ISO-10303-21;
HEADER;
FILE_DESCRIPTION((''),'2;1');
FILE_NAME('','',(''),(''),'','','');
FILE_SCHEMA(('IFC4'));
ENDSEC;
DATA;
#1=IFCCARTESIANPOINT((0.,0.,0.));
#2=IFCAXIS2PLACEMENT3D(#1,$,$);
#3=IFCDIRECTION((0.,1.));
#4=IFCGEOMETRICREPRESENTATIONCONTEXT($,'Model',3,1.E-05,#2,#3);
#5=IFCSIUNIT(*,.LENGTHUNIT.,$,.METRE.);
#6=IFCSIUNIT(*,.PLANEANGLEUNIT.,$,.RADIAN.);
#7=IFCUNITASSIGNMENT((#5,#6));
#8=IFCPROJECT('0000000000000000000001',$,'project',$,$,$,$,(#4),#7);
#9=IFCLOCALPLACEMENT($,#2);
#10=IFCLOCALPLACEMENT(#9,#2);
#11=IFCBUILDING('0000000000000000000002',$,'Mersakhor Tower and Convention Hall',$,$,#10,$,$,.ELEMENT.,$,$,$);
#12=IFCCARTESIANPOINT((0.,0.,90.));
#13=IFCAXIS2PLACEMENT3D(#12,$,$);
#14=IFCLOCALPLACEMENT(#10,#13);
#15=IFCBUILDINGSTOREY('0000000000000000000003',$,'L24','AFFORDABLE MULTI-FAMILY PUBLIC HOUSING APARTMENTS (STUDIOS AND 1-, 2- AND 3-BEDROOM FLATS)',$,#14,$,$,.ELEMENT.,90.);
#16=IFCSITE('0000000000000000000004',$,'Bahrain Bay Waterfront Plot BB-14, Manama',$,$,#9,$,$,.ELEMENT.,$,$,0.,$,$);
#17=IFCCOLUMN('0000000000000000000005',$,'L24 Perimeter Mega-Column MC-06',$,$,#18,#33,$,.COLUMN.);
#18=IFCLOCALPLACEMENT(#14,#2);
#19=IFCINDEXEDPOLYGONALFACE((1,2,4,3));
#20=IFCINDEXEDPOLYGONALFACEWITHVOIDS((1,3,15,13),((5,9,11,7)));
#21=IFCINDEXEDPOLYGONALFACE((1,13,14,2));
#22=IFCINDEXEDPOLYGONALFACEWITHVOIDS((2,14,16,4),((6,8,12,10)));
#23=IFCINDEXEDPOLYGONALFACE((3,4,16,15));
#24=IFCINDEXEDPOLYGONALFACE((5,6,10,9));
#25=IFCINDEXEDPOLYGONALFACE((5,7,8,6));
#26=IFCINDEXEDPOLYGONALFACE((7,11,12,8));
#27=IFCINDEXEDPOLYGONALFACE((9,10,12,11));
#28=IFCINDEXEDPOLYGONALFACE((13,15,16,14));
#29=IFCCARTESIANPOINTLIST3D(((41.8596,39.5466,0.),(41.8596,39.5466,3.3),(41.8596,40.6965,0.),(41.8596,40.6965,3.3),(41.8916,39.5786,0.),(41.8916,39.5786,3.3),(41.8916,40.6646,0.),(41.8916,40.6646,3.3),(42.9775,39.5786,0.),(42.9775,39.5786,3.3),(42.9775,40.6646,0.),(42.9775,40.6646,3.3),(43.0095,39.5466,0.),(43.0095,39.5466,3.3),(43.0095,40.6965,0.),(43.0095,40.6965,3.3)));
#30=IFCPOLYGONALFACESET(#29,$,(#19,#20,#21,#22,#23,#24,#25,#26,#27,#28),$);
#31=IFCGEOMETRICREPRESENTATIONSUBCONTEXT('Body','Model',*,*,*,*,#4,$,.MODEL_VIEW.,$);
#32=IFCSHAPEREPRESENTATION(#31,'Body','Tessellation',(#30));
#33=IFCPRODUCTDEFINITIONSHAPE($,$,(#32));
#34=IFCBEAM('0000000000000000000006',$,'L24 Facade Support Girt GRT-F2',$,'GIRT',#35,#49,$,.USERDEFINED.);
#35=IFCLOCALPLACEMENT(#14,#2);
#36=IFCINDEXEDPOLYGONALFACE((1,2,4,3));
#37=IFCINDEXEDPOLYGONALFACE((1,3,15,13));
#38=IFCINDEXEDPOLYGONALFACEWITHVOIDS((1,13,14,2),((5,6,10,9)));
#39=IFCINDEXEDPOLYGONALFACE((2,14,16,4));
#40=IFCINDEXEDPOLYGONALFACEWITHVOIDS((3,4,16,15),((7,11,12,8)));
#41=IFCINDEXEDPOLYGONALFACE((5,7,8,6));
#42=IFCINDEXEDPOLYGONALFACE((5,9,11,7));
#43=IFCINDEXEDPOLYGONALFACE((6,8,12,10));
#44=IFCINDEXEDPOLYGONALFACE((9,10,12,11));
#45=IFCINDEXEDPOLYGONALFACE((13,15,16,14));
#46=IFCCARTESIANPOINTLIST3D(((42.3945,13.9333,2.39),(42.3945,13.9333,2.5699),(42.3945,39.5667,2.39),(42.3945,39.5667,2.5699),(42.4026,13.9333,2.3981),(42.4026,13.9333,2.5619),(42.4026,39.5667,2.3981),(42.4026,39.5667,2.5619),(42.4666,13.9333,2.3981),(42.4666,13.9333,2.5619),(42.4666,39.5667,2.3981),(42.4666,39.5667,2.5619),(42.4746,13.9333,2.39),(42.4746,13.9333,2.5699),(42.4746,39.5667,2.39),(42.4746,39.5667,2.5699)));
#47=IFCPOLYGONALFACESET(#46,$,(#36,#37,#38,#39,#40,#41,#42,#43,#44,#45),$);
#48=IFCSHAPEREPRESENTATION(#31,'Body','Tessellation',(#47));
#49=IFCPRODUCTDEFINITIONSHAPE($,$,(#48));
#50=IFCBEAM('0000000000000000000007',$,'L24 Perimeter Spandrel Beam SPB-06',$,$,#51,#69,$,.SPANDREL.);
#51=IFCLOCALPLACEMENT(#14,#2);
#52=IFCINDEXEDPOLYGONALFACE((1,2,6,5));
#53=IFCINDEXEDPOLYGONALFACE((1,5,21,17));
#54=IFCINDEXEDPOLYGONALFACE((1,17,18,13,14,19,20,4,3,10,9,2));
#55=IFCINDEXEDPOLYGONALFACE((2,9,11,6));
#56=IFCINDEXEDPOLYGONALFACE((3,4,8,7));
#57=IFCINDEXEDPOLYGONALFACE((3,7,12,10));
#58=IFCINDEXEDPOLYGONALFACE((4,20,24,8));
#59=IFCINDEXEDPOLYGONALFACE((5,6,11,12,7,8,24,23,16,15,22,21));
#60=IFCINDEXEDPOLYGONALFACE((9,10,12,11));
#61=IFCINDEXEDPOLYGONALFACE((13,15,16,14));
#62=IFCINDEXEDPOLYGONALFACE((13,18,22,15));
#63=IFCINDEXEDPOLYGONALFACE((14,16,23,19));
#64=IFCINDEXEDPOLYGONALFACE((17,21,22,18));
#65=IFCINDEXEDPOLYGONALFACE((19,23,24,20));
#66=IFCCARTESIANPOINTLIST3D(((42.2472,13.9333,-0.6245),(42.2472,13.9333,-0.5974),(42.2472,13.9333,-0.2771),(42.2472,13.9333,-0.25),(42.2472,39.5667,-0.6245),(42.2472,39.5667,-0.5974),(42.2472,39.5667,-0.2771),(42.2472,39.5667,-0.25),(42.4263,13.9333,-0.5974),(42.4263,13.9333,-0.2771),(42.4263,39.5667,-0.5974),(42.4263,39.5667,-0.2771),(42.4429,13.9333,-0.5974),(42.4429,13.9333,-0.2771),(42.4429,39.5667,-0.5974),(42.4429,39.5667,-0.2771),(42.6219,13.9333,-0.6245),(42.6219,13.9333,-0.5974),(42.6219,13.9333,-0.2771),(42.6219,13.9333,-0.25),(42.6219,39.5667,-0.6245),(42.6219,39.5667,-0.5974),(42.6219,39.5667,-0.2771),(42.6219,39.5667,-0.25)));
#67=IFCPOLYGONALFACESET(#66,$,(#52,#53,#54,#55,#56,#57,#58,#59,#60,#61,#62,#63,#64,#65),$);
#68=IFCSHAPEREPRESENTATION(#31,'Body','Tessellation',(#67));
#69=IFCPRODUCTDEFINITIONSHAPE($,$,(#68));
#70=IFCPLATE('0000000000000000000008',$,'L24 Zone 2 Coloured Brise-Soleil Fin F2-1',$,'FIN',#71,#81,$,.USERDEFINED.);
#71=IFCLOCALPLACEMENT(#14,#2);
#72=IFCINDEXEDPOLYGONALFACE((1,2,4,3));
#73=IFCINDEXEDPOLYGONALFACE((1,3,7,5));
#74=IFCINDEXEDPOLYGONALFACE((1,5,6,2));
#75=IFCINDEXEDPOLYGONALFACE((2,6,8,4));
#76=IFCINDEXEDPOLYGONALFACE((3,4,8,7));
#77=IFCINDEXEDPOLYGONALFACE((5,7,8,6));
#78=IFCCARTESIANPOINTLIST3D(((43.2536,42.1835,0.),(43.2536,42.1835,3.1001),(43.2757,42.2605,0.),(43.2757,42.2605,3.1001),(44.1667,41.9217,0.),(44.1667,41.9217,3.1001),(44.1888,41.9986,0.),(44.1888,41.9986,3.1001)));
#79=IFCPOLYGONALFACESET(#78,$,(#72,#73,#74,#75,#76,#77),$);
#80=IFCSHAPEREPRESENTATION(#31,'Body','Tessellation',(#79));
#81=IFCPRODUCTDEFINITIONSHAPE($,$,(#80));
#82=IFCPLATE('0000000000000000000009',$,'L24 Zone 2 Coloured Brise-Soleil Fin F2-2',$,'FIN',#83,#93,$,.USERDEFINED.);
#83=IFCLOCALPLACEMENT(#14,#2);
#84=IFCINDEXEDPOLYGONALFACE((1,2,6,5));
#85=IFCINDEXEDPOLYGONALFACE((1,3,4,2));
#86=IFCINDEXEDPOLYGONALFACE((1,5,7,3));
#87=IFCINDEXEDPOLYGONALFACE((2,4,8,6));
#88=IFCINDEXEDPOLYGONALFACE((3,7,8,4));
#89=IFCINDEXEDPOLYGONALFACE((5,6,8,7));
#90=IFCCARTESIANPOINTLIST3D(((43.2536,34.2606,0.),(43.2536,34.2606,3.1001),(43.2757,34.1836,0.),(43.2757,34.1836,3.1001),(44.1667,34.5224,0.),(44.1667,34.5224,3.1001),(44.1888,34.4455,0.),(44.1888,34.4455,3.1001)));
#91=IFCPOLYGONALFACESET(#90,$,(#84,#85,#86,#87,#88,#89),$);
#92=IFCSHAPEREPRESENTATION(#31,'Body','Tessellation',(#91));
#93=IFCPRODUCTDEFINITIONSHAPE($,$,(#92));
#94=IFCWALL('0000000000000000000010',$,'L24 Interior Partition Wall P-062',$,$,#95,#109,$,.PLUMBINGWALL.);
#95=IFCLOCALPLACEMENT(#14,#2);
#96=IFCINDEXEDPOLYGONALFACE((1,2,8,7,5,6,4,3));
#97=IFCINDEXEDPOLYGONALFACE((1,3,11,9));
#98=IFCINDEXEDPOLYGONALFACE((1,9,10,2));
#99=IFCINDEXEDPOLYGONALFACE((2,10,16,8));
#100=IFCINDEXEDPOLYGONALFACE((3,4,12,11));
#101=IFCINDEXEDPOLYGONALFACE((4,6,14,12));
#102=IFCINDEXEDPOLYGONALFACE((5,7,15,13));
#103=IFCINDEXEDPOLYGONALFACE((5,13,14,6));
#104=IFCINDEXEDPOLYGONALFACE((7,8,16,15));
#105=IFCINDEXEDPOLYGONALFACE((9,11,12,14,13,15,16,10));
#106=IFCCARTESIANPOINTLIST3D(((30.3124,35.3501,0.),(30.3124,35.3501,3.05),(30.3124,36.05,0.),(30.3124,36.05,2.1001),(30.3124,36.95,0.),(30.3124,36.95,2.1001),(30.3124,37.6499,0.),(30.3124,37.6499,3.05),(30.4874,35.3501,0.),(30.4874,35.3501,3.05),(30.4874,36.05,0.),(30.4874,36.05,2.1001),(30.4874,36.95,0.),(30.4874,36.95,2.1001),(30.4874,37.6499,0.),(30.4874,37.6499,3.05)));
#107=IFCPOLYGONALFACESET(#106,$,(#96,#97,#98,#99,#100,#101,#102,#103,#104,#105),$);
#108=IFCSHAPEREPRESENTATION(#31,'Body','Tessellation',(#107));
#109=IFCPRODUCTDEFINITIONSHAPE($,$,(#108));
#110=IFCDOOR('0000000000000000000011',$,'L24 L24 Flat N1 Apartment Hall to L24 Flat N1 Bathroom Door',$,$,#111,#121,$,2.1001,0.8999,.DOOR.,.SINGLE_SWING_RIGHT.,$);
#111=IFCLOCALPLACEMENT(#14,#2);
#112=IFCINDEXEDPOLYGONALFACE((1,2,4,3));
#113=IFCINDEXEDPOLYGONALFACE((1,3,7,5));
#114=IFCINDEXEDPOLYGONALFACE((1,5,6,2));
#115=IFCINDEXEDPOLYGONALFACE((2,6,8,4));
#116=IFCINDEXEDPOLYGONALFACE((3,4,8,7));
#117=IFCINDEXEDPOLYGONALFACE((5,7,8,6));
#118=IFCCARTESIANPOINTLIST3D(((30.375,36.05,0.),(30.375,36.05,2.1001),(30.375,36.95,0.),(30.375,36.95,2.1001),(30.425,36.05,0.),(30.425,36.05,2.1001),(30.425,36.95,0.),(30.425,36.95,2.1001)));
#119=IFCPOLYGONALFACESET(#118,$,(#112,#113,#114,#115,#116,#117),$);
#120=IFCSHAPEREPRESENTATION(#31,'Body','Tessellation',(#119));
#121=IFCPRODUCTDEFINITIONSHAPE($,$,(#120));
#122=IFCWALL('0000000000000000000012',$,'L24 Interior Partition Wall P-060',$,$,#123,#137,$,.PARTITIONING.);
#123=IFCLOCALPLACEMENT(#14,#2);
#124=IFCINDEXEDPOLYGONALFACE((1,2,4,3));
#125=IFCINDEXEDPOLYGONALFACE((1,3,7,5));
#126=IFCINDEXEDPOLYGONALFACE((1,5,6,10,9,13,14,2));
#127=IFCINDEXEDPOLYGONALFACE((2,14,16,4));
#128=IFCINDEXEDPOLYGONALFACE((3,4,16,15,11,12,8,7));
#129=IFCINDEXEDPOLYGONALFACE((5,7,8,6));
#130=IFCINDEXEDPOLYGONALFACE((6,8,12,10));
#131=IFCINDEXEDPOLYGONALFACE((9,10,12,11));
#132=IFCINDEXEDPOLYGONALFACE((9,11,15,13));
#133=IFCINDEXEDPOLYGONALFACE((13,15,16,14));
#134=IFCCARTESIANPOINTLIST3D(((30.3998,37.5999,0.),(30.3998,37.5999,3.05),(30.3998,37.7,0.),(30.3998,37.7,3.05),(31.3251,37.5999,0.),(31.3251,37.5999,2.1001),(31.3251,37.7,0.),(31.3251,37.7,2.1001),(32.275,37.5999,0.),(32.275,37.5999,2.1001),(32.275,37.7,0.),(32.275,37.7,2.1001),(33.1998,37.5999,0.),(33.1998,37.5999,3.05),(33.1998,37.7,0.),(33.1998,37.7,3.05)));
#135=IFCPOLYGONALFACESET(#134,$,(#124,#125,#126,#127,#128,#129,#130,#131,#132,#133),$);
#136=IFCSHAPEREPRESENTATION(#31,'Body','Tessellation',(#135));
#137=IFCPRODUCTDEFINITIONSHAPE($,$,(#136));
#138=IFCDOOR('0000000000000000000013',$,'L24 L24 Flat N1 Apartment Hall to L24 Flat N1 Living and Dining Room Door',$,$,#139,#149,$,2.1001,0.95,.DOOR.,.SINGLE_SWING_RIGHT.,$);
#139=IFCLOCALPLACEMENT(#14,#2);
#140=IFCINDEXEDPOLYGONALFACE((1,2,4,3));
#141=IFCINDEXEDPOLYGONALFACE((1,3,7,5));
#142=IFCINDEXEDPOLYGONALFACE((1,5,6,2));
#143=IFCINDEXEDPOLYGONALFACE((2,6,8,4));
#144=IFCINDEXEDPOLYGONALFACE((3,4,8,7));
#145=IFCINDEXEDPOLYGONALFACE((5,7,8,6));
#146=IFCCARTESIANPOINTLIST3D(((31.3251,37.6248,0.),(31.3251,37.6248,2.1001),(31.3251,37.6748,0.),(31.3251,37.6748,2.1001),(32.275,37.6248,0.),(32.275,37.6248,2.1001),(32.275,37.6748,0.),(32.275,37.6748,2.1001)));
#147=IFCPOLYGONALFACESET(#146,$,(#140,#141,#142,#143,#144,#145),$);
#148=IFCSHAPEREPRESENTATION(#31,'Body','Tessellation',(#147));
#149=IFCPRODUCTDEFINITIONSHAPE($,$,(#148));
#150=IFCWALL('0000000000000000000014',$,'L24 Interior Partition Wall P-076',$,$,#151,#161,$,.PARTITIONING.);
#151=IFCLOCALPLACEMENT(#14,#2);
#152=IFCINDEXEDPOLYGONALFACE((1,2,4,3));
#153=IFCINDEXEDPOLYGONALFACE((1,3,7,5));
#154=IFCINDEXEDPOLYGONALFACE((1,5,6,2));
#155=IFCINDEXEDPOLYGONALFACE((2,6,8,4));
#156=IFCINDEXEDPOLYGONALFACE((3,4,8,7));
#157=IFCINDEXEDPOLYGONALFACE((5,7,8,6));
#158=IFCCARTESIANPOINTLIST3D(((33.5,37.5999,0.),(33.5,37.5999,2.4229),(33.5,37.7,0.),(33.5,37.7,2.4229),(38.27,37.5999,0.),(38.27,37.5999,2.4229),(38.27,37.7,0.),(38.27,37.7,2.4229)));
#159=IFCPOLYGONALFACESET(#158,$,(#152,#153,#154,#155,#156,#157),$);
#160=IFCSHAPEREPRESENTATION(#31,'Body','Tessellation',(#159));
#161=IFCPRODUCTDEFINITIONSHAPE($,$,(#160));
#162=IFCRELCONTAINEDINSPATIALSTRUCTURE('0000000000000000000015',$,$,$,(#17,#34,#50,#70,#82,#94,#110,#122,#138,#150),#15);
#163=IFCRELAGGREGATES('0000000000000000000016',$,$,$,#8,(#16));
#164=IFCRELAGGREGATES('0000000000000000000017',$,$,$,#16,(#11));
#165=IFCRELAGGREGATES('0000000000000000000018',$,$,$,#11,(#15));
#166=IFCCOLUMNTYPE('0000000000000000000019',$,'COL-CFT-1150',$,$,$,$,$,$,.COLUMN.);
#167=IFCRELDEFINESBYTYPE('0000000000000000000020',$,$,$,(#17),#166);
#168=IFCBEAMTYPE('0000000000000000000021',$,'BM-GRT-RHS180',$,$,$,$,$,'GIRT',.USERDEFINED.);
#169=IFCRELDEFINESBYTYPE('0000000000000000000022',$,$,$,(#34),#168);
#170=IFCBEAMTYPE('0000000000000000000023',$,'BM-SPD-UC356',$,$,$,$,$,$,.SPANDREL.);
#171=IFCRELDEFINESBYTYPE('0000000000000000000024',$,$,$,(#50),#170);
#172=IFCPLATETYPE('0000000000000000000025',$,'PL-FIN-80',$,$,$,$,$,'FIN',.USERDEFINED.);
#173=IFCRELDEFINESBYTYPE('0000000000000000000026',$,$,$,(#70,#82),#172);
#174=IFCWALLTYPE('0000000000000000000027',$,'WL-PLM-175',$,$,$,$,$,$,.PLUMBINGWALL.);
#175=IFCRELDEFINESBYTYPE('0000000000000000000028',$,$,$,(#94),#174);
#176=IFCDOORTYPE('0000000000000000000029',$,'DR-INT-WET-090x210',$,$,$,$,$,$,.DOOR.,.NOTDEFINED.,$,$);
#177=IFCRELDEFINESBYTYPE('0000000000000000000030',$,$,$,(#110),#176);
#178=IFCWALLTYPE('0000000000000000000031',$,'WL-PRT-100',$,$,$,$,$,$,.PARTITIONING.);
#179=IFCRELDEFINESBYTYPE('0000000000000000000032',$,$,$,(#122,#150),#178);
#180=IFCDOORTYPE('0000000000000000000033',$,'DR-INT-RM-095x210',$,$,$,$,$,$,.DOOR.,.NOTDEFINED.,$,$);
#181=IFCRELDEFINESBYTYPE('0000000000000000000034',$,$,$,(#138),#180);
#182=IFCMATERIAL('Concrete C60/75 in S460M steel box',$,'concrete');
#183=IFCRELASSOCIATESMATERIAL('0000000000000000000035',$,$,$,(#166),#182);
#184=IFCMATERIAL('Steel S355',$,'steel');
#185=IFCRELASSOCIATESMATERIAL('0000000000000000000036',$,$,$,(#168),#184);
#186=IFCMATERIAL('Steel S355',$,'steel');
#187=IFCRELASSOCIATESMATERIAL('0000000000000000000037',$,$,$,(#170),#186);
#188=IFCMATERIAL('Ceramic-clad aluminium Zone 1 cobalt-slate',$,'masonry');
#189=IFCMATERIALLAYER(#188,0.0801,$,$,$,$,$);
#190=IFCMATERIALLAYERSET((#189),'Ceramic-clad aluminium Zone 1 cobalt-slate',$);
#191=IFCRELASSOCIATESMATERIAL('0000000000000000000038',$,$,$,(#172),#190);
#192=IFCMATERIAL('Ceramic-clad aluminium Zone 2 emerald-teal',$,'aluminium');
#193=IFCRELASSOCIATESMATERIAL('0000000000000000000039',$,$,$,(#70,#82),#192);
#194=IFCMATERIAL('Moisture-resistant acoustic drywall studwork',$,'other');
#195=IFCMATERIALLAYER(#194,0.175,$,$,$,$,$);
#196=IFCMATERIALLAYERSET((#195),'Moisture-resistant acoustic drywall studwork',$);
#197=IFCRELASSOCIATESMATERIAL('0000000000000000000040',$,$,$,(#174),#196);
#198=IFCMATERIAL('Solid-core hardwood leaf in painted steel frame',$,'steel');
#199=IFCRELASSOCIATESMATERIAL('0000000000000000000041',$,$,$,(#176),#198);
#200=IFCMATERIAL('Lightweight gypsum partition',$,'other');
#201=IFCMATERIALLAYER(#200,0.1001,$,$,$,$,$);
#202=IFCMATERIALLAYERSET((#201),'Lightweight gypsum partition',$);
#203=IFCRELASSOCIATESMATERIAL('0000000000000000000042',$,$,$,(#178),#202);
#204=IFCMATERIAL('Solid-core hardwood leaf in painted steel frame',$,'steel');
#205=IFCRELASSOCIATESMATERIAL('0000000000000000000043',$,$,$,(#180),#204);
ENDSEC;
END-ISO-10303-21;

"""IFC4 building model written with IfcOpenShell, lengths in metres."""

from ifc_helpers import new_model, si_unit, direction, frame, frame_2d, origin, origin_2d, place, context, subcontext, project, spatial, rectangle, hollow_rectangle, i_section, extrude, material, layer, layer_set, material_profile, profile_set, type_object, element, fill, save


model = new_model("IFC4")

# Units and contexts
model_context = context("Model", 3, precision=1e-05, world=origin(), true_north=direction((0.0, 1.0)))
body_context = subcontext(model_context, "Body", "Model", "MODEL_VIEW")
ifc_project = project(units=[si_unit("LENGTHUNIT", "METRE"), si_unit("PLANEANGLEUNIT", "RADIAN")], contexts=[model_context])

# Site, building, storey
site_placement = place(None, origin())
site = spatial("IfcSite", under=ifc_project, at=site_placement, Name="Bahrain Bay Waterfront Plot BB-14, Manama", CompositionType="ELEMENT", RefElevation=0.0)
building_placement = place(site_placement, origin())
building = spatial("IfcBuilding", under=site, at=building_placement, Name="Mersakhor Tower and Convention Hall", CompositionType="ELEMENT")
storey_placement = place(building_placement, frame((0.0, 0.0, 90.0)))
storey = spatial("IfcBuildingStorey", under=building, at=storey_placement, Name="L24", Description="AFFORDABLE MULTI-FAMILY PUBLIC HOUSING APARTMENTS (STUDIOS AND 1-, 2- AND 3-BEDROOM FLATS)", CompositionType="ELEMENT", Elevation=90.0)

# Column
ifc_material_1 = material(Name="Concrete C60/75 in S460M steel box", Category="concrete")
ifc_material_profile_1 = material_profile(ifc_material_1, hollow_rectangle(XDim=1.1499, YDim=1.1499, WallThickness=0.032, at=origin_2d()), Name="SHS 1150x1150x32")
ifc_profile_set_1 = profile_set([ifc_material_profile_1], Name="Concrete C60/75 in S460M steel box")
column_type = type_object("IfcColumnType", Name="COL-CFT-1150", PredefinedType="COLUMN", material=ifc_profile_set_1)
column_placement = place(storey_placement, frame((42.4346, 40.1216, 0.0), z_axis=(0.0, 0.0, 1.0), x_axis=(1.0, 0.0, 0.0)))
element("IfcColumn", 1, at=column_placement, inside=storey, type_object=column_type, Name="L24 Perimeter Mega-Column MC-06", PredefinedType="COLUMN", context=body_context, shape_type="SweptSolid", body=[
    extrude(hollow_rectangle(XDim=1.1499, YDim=1.1499, WallThickness=0.032, at=origin_2d()), origin(), (0.0, 0.0, 1.0), 3.3),
])

# Beams
ifc_material_2 = material(Name="Steel S355", Category="steel")
ifc_material_profile_2 = material_profile(ifc_material_2, hollow_rectangle(XDim=0.0801, YDim=0.1799, WallThickness=0.0081, at=origin_2d()), Name="RHS 180x80x8")
ifc_profile_set_2 = profile_set([ifc_material_profile_2], Name="Steel S355")
beam_type_1 = type_object("IfcBeamType", Name="BM-GRT-RHS180", ElementType="GIRT", PredefinedType="USERDEFINED", material=ifc_profile_set_2)
beam_1_placement = place(storey_placement, frame((42.4346, 39.5667, 2.48), z_axis=(0.0, -1.0, 0.0), x_axis=(1.0, 0.0, 0.0)))
element("IfcBeam", 2, at=beam_1_placement, inside=storey, type_object=beam_type_1, Name="L24 Facade Support Girt GRT-F2", ObjectType="GIRT", PredefinedType="USERDEFINED", context=body_context, shape_type="SweptSolid", body=[
    extrude(hollow_rectangle(XDim=0.0801, YDim=0.1799, WallThickness=0.0081, at=origin_2d()), origin(), (0.0, 0.0, 1.0), 25.6333),
])
ifc_material_3 = material(Name="Steel S355", Category="steel")
ifc_material_profile_3 = material_profile(ifc_material_3, i_section(OverallWidth=0.3748, OverallDepth=0.3745, WebThickness=0.0166, FlangeThickness=0.0271, at=origin_2d()), Name="UC 356x368x202")
ifc_profile_set_3 = profile_set([ifc_material_profile_3], Name="Steel S355")
beam_type_2 = type_object("IfcBeamType", Name="BM-SPD-UC356", PredefinedType="SPANDREL", material=ifc_profile_set_3)
beam_2_placement = place(storey_placement, frame((42.4346, 39.5667, -0.4373), z_axis=(0.0, -1.0, 0.0), x_axis=(1.0, 0.0, 0.0)))
element("IfcBeam", 3, at=beam_2_placement, inside=storey, type_object=beam_type_2, Name="L24 Perimeter Spandrel Beam SPB-06", PredefinedType="SPANDREL", context=body_context, shape_type="SweptSolid", body=[
    extrude(i_section(OverallWidth=0.3748, OverallDepth=0.3745, WebThickness=0.0166, FlangeThickness=0.0271, at=origin_2d()), origin(), (0.0, 0.0, 1.0), 25.6333),
])

# Plates
ifc_material_4 = material(Name="Ceramic-clad aluminium Zone 2 emerald-teal", Category="aluminium")
ifc_material_5 = material(Name="Ceramic-clad aluminium Zone 1 cobalt-slate", Category="masonry")
ifc_layer_1 = layer(ifc_material_5, 0.0801)
ifc_layer_set_1 = layer_set([ifc_layer_1], Name="Ceramic-clad aluminium Zone 1 cobalt-slate")
plate_type = type_object("IfcPlateType", Name="PL-FIN-80", ElementType="FIN", PredefinedType="USERDEFINED", material=ifc_layer_set_1)
for number, where, z_axis, x_axis, name in (
    (4, (43.7212, 42.0911, 0.0), (0.0, 0.0, 1.0), (0.961262, -0.275637, 0.0), "L24 Zone 2 Coloured Brise-Soleil Fin F2-1"),
    (5, (43.7212, 34.353, 0.0), (0.0, 0.0, 1.0), (0.961262, 0.275637, 0.0), "L24 Zone 2 Coloured Brise-Soleil Fin F2-2"),
):
    element("IfcPlate", number, at=place(storey_placement, frame(where, z_axis=z_axis, x_axis=x_axis)), inside=storey, type_object=plate_type, material=ifc_material_4, Name=name, ObjectType="FIN", PredefinedType="USERDEFINED", context=body_context, shape_type="SweptSolid", body=[
        extrude(rectangle(XDim=0.95, YDim=0.0801, at=origin_2d()), origin(), (0.0, 0.0, 1.0), 3.1001),
    ])

# Walls, openings, doors
ifc_material_6 = material(Name="Moisture-resistant acoustic drywall studwork", Category="other")
ifc_layer_2 = layer(ifc_material_6, 0.175)
ifc_layer_set_2 = layer_set([ifc_layer_2], Name="Moisture-resistant acoustic drywall studwork")
wall_type_1 = type_object("IfcWallType", Name="WL-PLM-175", PredefinedType="PLUMBINGWALL", material=ifc_layer_set_2)
wall_1_placement = place(storey_placement, frame((30.3999, 35.3501, 0.0), z_axis=(0.0, 0.0, 1.0), x_axis=(0.0, 1.0, 0.0)))
wall_1 = element("IfcWall", 6, at=wall_1_placement, inside=storey, type_object=wall_type_1, Name="L24 Interior Partition Wall P-062", PredefinedType="PLUMBINGWALL", context=body_context, shape_type="SweptSolid", body=[
    extrude(rectangle(XDim=2.2998, YDim=0.175, at=frame_2d((1.1499, 0.0))), origin(), (0.0, 0.0, 1.0), 3.05),
])
opening_1_placement = place(wall_1_placement, frame((0.7, 0.0, 0.0)))
opening_1 = element("IfcOpeningElement", 7, at=opening_1_placement, cuts=wall_1, PredefinedType="OPENING", context=body_context, shape_type="SweptSolid", body=[
    extrude(rectangle(XDim=0.8999, YDim=2.1001, at=frame_2d((0.45, 1.05))), frame((0.0, 0.0974, 0.0), z_axis=(0.0, -1.0, 0.0), x_axis=(1.0, 0.0, 0.0)), (0.0, 0.0, 1.0), 0.1951),
])
ifc_material_7 = material(Name="Solid-core hardwood leaf in painted steel frame", Category="steel")
door_type_1 = type_object("IfcDoorType", Name="DR-INT-WET-090x210", OperationType="NOTDEFINED", PredefinedType="DOOR", material=ifc_material_7)
door_1_placement = place(opening_1_placement, origin())
door_1 = element("IfcDoor", 8, at=door_1_placement, inside=storey, type_object=door_type_1, Name="L24 L24 Flat N1 Apartment Hall to L24 Flat N1 Bathroom Door", OperationType="SINGLE_SWING_RIGHT", OverallHeight=2.1001, OverallWidth=0.8999, PredefinedType="DOOR", context=body_context, shape_type="SweptSolid", body=[
    extrude(rectangle(XDim=0.8999, YDim=2.1001, at=frame_2d((0.45, 1.05))), frame((0.0, 0.0249, 0.0), z_axis=(0.0, -1.0, 0.0), x_axis=(1.0, 0.0, 0.0)), (0.0, 0.0, 1.0), 0.05),
])
fill(opening_1, door_1)
ifc_material_8 = material(Name="Lightweight gypsum partition", Category="other")
ifc_layer_3 = layer(ifc_material_8, 0.1001)
ifc_layer_set_3 = layer_set([ifc_layer_3], Name="Lightweight gypsum partition")
wall_type_2 = type_object("IfcWallType", Name="WL-PRT-100", PredefinedType="PARTITIONING", material=ifc_layer_set_3)
wall_2_placement = place(storey_placement, frame((30.3999, 37.6499, 0.0), z_axis=(0.0, 0.0, 1.0), x_axis=(1.0, 0.0, 0.0)))
wall_2 = element("IfcWall", 9, at=wall_2_placement, inside=storey, type_object=wall_type_2, Name="L24 Interior Partition Wall P-060", PredefinedType="PARTITIONING", context=body_context, shape_type="SweptSolid", body=[
    extrude(rectangle(XDim=2.8, YDim=0.1001, at=frame_2d((1.3999, 0.0))), origin(), (0.0, 0.0, 1.0), 3.05),
])
opening_2_placement = place(wall_2_placement, frame((0.925, 0.0, 0.0)))
opening_2 = element("IfcOpeningElement", 10, at=opening_2_placement, cuts=wall_2, PredefinedType="OPENING", context=body_context, shape_type="SweptSolid", body=[
    extrude(rectangle(XDim=0.95, YDim=2.1001, at=frame_2d((0.4751, 1.05))), frame((0.0, 0.0601, 0.0), z_axis=(0.0, -1.0, 0.0), x_axis=(1.0, 0.0, 0.0)), (0.0, 0.0, 1.0), 0.1201),
])
ifc_material_9 = material(Name="Solid-core hardwood leaf in painted steel frame", Category="steel")
door_type_2 = type_object("IfcDoorType", Name="DR-INT-RM-095x210", OperationType="NOTDEFINED", PredefinedType="DOOR", material=ifc_material_9)
door_2_placement = place(opening_2_placement, origin())
door_2 = element("IfcDoor", 11, at=door_2_placement, inside=storey, type_object=door_type_2, Name="L24 L24 Flat N1 Apartment Hall to L24 Flat N1 Living and Dining Room Door", OperationType="SINGLE_SWING_RIGHT", OverallHeight=2.1001, OverallWidth=0.95, PredefinedType="DOOR", context=body_context, shape_type="SweptSolid", body=[
    extrude(rectangle(XDim=0.95, YDim=2.1001, at=frame_2d((0.4751, 1.05))), frame((0.0, 0.0249, 0.0), z_axis=(0.0, -1.0, 0.0), x_axis=(1.0, 0.0, 0.0)), (0.0, 0.0, 1.0), 0.05),
])
fill(opening_2, door_2)

# Wall
wall_3_placement = place(storey_placement, frame((33.5, 37.6499, 0.0), z_axis=(0.0, 0.0, 1.0), x_axis=(1.0, 0.0, 0.0)))
element("IfcWall", 12, at=wall_3_placement, inside=storey, type_object=wall_type_2, Name="L24 Interior Partition Wall P-076", PredefinedType="PARTITIONING", context=body_context, shape_type="SweptSolid", body=[
    extrude(rectangle(XDim=4.77, YDim=0.1001, at=frame_2d((2.385, 0.0))), origin(), (0.0, 0.0, 1.0), 2.4229),
])

save(model, "model.ifc")
